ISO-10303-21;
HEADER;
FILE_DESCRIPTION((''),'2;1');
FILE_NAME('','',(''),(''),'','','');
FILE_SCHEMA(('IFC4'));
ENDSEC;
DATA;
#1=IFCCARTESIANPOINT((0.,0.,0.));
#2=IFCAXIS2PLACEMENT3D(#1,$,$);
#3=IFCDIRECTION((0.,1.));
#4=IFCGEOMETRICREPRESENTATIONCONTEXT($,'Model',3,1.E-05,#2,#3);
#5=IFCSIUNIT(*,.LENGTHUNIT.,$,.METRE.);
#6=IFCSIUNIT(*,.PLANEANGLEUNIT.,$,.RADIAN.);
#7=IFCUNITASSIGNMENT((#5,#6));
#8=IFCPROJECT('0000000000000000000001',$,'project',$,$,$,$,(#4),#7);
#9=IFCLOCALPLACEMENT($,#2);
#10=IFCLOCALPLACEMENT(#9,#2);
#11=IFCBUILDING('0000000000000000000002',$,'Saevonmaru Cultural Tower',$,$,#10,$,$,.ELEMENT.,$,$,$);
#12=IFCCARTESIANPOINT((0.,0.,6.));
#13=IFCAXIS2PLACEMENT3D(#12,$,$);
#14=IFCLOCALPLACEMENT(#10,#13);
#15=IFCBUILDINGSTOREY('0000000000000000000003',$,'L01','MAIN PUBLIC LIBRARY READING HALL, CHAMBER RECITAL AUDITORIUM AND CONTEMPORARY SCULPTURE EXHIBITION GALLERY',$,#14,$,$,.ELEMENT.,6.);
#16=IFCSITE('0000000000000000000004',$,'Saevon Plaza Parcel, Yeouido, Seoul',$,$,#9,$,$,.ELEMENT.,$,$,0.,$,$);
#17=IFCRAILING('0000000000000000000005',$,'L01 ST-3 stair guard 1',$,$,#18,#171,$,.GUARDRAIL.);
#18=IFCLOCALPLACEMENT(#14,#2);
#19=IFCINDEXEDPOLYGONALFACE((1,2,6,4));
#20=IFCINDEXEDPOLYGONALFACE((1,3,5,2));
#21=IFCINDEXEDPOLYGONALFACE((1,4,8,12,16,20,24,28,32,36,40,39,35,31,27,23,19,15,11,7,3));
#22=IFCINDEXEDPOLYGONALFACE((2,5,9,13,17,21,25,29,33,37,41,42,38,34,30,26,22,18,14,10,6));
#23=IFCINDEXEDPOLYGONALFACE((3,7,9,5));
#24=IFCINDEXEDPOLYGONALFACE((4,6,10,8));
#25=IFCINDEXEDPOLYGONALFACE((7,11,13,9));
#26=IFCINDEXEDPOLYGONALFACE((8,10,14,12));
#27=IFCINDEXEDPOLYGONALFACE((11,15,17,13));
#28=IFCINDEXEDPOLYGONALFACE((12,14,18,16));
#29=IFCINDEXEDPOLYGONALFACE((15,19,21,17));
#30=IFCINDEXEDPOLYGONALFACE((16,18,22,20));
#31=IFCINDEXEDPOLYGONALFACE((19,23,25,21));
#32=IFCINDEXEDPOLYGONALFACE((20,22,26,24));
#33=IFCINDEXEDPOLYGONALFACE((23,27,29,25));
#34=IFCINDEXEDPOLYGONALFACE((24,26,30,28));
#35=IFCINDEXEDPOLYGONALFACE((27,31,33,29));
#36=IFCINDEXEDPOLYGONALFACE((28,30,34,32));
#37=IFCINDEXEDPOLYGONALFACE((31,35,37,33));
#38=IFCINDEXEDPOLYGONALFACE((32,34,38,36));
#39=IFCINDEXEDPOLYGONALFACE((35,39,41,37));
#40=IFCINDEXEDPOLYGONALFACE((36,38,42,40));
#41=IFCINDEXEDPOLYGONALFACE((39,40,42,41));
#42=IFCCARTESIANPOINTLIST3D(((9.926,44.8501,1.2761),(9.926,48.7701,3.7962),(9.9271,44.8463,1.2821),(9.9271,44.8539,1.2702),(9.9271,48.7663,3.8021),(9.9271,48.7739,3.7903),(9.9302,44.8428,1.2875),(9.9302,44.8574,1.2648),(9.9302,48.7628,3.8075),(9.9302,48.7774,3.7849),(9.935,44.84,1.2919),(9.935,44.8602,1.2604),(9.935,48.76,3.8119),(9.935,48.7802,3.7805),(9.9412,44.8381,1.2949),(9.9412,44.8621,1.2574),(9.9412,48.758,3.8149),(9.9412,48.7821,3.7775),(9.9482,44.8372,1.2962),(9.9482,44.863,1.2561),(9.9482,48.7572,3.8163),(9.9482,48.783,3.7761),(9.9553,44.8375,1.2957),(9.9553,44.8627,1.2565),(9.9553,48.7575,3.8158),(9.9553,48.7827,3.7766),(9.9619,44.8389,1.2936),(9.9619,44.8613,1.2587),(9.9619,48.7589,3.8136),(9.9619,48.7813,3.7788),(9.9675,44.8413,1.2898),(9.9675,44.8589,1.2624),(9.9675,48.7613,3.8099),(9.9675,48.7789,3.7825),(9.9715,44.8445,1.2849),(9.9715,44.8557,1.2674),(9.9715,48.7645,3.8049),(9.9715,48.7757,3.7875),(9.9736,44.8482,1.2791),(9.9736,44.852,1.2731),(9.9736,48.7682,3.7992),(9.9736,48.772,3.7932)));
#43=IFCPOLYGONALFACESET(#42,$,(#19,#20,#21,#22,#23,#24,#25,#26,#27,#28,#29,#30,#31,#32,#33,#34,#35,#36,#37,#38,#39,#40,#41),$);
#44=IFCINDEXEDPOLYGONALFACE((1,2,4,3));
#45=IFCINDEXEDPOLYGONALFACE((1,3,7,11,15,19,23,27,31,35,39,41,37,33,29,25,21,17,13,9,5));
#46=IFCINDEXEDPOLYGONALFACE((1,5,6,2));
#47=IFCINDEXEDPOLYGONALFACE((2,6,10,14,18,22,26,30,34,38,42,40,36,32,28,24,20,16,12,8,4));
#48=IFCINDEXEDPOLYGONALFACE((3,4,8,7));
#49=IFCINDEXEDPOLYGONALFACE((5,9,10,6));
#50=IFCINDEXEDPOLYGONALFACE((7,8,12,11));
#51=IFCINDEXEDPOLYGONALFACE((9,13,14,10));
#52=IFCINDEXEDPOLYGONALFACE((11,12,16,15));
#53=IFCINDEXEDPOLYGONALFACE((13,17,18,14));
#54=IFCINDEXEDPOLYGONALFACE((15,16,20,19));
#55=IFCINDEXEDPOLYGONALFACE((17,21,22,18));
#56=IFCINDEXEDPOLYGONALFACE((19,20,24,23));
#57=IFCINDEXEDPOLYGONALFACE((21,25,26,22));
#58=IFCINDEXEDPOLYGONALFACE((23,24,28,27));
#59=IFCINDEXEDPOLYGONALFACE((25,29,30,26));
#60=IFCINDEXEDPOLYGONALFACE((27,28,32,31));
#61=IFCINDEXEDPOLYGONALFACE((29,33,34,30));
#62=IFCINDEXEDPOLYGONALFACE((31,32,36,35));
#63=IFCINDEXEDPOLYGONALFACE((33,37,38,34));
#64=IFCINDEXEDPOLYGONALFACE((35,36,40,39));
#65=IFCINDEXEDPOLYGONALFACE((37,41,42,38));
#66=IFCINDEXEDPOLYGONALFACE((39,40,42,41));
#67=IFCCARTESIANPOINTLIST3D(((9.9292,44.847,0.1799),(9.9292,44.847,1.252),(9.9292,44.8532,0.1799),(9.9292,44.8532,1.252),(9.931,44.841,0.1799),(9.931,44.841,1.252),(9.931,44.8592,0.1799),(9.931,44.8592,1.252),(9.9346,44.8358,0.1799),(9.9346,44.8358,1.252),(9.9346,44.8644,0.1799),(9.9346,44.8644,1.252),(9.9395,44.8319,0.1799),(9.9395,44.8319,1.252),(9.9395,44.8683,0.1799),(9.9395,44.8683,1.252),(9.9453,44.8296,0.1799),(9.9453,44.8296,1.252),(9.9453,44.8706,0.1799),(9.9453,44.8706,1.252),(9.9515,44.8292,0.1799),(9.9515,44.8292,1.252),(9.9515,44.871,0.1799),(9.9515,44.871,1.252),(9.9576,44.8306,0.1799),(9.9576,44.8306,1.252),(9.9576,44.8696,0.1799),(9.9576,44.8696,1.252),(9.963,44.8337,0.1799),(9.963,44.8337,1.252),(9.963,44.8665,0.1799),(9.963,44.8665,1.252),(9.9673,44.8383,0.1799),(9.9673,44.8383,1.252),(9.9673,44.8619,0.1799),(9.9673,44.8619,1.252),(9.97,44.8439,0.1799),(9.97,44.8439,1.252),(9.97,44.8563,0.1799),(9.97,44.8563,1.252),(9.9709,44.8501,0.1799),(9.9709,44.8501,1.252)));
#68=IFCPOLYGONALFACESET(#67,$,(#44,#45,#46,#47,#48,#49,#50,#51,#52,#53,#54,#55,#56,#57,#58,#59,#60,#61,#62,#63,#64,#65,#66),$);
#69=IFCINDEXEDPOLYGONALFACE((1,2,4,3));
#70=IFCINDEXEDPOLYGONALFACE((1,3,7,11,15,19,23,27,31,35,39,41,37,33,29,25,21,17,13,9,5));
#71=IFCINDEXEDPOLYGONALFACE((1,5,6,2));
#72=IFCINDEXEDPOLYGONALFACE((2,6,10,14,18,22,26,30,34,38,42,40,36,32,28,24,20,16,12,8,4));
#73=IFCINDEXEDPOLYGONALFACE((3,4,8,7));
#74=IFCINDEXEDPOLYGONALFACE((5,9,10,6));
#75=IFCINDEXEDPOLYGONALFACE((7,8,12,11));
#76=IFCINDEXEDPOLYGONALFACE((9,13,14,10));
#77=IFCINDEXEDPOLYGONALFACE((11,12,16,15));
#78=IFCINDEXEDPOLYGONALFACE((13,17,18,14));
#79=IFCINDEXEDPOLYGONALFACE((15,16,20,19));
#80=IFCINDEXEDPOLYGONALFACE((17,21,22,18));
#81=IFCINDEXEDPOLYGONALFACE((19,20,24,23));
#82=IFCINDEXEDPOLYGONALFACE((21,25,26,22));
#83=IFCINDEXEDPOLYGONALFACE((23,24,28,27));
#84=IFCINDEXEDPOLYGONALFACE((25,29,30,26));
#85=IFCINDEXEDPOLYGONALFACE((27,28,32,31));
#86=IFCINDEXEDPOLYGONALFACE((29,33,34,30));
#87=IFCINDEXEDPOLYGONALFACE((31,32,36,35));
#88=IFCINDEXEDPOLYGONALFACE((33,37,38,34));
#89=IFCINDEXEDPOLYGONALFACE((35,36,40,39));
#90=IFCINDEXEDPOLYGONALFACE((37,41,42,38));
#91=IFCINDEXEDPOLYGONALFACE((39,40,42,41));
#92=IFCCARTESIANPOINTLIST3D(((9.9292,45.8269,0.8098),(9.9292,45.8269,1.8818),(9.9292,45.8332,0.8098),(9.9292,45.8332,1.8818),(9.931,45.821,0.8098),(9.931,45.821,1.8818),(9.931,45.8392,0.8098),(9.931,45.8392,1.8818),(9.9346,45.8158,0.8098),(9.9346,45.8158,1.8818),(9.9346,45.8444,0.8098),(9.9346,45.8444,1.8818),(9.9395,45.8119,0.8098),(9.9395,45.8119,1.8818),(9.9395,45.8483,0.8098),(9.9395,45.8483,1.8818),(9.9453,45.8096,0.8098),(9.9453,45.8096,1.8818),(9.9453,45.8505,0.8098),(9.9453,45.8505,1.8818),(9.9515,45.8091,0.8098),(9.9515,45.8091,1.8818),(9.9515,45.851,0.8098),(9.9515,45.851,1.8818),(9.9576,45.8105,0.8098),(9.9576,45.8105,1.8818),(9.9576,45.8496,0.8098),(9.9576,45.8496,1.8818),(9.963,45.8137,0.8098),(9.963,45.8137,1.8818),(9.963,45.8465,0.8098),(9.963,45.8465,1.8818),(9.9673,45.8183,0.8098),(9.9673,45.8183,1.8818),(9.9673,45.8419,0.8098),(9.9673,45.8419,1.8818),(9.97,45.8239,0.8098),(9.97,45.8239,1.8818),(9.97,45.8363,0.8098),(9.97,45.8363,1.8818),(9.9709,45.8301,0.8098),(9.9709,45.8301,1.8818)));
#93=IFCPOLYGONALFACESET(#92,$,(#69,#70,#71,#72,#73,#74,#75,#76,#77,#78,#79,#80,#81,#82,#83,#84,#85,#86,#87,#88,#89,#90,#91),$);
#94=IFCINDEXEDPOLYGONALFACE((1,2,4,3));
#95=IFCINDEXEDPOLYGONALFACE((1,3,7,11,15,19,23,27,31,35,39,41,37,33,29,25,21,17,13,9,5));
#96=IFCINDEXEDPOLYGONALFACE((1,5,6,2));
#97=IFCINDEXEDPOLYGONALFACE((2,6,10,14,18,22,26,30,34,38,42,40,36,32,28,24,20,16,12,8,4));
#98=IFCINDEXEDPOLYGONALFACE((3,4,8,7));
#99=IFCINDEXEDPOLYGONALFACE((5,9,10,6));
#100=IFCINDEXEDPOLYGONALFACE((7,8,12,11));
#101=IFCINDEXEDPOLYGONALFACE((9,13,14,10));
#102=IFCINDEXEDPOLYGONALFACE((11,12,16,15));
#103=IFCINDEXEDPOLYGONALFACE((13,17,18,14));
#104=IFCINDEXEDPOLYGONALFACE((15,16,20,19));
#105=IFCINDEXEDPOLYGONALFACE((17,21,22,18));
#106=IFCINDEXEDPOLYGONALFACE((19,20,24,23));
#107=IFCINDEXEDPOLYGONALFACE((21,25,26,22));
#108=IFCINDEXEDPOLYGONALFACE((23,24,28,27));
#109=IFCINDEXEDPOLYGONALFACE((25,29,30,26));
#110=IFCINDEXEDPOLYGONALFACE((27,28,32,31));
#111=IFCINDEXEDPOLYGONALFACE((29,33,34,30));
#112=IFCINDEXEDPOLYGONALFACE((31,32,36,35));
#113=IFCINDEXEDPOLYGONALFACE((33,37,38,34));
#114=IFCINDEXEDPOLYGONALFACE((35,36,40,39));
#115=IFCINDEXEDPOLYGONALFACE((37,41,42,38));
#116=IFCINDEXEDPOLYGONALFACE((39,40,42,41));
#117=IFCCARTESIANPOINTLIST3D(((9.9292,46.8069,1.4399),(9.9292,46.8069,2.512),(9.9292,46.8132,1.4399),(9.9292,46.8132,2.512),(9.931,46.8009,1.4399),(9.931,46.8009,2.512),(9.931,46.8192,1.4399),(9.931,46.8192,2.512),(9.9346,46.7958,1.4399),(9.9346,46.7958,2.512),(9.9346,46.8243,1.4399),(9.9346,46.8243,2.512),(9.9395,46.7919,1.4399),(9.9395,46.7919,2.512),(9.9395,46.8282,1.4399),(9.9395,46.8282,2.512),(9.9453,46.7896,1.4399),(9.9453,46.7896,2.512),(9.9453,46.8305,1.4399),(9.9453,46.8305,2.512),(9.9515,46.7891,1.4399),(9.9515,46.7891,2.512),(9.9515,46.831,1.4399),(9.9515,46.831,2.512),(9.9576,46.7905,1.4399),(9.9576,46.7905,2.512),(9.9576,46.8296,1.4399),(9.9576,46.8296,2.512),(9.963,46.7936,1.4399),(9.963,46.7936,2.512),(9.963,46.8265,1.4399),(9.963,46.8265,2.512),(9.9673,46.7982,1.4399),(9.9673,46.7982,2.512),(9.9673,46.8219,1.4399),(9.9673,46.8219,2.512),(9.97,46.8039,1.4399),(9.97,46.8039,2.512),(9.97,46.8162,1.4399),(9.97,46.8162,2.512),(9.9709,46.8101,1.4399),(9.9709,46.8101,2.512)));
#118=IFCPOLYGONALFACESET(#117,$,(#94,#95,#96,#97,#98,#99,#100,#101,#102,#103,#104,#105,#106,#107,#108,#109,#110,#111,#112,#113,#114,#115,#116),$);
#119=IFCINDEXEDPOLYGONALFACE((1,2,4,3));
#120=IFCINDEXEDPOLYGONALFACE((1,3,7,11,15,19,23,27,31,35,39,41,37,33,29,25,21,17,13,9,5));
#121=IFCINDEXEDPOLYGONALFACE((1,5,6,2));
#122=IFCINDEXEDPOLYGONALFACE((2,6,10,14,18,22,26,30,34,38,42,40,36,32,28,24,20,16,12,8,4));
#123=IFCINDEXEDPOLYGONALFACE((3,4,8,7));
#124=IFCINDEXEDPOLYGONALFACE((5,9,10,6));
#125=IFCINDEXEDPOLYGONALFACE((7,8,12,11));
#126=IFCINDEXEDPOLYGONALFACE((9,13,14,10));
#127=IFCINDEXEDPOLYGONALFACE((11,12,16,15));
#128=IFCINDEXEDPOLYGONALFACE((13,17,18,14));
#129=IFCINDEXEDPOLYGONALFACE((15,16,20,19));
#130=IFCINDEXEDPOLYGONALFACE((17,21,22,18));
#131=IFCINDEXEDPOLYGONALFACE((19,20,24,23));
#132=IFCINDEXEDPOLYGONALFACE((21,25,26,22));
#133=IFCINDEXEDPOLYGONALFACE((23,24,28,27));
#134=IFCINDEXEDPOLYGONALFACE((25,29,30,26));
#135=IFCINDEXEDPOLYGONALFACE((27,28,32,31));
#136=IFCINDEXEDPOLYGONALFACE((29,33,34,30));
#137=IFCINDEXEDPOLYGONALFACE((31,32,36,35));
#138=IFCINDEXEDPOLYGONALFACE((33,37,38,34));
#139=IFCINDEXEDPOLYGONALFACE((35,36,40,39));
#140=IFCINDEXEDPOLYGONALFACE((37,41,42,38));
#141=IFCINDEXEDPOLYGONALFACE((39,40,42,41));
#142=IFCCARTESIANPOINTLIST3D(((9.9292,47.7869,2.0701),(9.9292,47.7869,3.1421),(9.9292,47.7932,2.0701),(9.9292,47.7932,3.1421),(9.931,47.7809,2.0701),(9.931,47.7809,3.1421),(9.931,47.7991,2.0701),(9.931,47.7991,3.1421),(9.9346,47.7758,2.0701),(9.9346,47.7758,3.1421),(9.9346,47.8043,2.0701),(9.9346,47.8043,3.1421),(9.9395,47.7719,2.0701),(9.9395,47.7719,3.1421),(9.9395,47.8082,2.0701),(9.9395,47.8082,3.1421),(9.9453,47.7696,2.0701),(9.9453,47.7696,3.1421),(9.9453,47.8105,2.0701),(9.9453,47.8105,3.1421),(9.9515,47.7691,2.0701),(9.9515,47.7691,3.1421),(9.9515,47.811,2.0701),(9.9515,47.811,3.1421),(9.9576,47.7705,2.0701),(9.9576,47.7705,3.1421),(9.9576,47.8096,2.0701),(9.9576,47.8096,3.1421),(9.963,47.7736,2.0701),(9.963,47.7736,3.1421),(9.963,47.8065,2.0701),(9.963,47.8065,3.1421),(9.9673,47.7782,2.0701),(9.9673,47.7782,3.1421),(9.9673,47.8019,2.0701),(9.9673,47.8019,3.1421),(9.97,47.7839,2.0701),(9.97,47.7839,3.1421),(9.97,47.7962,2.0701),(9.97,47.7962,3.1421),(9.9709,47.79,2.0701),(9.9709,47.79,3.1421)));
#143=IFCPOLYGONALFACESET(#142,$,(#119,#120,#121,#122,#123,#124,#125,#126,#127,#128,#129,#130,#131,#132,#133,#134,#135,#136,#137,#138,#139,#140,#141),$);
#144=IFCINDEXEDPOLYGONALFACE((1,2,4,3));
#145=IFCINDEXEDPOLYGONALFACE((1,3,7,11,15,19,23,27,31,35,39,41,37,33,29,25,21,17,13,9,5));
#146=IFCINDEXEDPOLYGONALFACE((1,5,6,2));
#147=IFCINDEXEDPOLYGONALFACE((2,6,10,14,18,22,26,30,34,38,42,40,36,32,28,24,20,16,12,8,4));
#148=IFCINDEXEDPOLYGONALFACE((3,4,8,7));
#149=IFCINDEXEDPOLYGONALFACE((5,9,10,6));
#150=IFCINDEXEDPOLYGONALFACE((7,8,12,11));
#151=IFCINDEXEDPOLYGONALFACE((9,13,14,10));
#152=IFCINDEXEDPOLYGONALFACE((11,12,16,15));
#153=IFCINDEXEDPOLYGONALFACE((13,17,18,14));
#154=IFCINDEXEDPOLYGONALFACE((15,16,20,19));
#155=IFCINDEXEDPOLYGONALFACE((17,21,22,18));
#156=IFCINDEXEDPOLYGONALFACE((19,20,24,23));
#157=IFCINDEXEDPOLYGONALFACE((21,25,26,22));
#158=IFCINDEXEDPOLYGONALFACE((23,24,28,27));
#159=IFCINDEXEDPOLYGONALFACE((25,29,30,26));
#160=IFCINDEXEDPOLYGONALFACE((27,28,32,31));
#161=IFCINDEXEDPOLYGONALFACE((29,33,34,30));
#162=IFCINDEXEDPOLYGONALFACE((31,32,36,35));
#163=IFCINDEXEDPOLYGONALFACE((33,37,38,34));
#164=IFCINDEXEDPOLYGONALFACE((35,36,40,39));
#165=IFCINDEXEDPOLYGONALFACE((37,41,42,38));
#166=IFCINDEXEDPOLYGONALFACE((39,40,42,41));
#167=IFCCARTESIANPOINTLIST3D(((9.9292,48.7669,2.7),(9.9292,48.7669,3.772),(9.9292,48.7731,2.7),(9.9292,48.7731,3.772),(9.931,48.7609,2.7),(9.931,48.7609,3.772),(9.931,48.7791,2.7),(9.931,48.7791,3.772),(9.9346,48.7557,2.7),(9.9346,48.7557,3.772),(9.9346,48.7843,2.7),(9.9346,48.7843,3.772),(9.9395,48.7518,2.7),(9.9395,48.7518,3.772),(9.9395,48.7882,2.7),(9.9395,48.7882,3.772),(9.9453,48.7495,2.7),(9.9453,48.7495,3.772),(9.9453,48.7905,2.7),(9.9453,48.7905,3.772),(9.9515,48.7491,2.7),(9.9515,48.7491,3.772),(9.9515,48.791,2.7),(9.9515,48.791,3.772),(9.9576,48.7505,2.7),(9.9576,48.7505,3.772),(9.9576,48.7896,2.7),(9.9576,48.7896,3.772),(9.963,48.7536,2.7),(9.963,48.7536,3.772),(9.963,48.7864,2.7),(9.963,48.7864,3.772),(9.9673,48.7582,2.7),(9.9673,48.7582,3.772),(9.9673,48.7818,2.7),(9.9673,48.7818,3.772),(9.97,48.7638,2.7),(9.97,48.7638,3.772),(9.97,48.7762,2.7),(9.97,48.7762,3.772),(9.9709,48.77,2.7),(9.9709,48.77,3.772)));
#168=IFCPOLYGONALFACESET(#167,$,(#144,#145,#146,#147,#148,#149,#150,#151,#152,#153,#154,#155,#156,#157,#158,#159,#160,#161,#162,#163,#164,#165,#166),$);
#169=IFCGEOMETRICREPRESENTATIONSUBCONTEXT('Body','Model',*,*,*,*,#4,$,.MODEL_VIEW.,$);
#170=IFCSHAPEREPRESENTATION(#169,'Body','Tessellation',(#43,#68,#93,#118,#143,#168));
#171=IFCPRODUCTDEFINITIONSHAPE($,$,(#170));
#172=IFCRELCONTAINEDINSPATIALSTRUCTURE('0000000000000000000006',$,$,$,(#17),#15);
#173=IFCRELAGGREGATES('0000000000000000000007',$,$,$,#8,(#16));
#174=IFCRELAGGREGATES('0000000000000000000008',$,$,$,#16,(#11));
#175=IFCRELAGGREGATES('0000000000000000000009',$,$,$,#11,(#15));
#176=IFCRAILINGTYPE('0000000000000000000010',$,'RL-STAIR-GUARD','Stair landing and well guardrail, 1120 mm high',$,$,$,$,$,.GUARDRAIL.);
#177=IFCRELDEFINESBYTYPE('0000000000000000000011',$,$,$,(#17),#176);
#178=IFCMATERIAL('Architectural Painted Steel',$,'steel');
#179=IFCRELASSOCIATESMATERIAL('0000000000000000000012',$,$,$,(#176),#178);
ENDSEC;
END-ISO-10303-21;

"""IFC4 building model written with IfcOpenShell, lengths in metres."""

from ifc_helpers import new_model, si_unit, direction, frame, origin, origin_2d, place, context, subcontext, project, spatial, circle, extrude, material, type_object, element, save


model = new_model("IFC4")

# Units and contexts
model_context = context("Model", 3, precision=1e-05, world=origin(), true_north=direction((0.0, 1.0)))
body_context = subcontext(model_context, "Body", "Model", "MODEL_VIEW")
ifc_project = project(units=[si_unit("LENGTHUNIT", "METRE"), si_unit("PLANEANGLEUNIT", "RADIAN")], contexts=[model_context])

# Site, building, storey
site_placement = place(None, origin())
site = spatial("IfcSite", under=ifc_project, at=site_placement, Name="Saevon Plaza Parcel, Yeouido, Seoul", CompositionType="ELEMENT", RefElevation=0.0)
building_placement = place(site_placement, origin())
building = spatial("IfcBuilding", under=site, at=building_placement, Name="Saevonmaru Cultural Tower", CompositionType="ELEMENT")
storey_placement = place(building_placement, frame((0.0, 0.0, 6.0)))
storey = spatial("IfcBuildingStorey", under=building, at=storey_placement, Name="L01", Description="MAIN PUBLIC LIBRARY READING HALL, CHAMBER RECITAL AUDITORIUM AND CONTEMPORARY SCULPTURE EXHIBITION GALLERY", CompositionType="ELEMENT", Elevation=6.0)

# Railing
ifc_material_1 = material(Name="Architectural Painted Steel", Category="steel")
railing_type_1 = type_object("IfcRailingType", Name="RL-STAIR-GUARD", Description="Stair landing and well guardrail, 1120 mm high", PredefinedType="GUARDRAIL", material=ifc_material_1)
railing_1_placement = place(storey_placement, frame((9.95, 44.8501, 0.1799)))
element("IfcRailing", 1, at=railing_1_placement, inside=storey, type_object=railing_type_1, Name="L01 ST-3 stair guard 1", PredefinedType="GUARDRAIL", context=body_context, shape_type="SweptSolid", body=[
    extrude(circle(Radius=0.0239, at=origin_2d()), frame((0.0, 0.0, 1.0962), z_axis=(0.0, 0.841172, 0.540768), x_axis=(-1.0, 0.0, 0.0)), (0.0, 0.0, 1.0), 4.6602),
    extrude(circle(Radius=0.021, at=origin_2d()), origin(), (0.0, 0.0, 1.0), 1.072),
    extrude(circle(Radius=0.021, at=origin_2d()), frame((0.0, 0.98, 0.6299)), (0.0, 0.0, 1.0), 1.072),
    extrude(circle(Radius=0.021, at=origin_2d()), frame((0.0, 1.96, 1.26)), (0.0, 0.0, 1.0), 1.072),
    extrude(circle(Radius=0.021, at=origin_2d()), frame((0.0, 2.9399, 1.8901)), (0.0, 0.0, 1.0), 1.072),
    extrude(circle(Radius=0.021, at=origin_2d()), frame((0.0, 3.9199, 2.52)), (0.0, 0.0, 1.0), 1.072),
])

save(model, "model.ifc")
